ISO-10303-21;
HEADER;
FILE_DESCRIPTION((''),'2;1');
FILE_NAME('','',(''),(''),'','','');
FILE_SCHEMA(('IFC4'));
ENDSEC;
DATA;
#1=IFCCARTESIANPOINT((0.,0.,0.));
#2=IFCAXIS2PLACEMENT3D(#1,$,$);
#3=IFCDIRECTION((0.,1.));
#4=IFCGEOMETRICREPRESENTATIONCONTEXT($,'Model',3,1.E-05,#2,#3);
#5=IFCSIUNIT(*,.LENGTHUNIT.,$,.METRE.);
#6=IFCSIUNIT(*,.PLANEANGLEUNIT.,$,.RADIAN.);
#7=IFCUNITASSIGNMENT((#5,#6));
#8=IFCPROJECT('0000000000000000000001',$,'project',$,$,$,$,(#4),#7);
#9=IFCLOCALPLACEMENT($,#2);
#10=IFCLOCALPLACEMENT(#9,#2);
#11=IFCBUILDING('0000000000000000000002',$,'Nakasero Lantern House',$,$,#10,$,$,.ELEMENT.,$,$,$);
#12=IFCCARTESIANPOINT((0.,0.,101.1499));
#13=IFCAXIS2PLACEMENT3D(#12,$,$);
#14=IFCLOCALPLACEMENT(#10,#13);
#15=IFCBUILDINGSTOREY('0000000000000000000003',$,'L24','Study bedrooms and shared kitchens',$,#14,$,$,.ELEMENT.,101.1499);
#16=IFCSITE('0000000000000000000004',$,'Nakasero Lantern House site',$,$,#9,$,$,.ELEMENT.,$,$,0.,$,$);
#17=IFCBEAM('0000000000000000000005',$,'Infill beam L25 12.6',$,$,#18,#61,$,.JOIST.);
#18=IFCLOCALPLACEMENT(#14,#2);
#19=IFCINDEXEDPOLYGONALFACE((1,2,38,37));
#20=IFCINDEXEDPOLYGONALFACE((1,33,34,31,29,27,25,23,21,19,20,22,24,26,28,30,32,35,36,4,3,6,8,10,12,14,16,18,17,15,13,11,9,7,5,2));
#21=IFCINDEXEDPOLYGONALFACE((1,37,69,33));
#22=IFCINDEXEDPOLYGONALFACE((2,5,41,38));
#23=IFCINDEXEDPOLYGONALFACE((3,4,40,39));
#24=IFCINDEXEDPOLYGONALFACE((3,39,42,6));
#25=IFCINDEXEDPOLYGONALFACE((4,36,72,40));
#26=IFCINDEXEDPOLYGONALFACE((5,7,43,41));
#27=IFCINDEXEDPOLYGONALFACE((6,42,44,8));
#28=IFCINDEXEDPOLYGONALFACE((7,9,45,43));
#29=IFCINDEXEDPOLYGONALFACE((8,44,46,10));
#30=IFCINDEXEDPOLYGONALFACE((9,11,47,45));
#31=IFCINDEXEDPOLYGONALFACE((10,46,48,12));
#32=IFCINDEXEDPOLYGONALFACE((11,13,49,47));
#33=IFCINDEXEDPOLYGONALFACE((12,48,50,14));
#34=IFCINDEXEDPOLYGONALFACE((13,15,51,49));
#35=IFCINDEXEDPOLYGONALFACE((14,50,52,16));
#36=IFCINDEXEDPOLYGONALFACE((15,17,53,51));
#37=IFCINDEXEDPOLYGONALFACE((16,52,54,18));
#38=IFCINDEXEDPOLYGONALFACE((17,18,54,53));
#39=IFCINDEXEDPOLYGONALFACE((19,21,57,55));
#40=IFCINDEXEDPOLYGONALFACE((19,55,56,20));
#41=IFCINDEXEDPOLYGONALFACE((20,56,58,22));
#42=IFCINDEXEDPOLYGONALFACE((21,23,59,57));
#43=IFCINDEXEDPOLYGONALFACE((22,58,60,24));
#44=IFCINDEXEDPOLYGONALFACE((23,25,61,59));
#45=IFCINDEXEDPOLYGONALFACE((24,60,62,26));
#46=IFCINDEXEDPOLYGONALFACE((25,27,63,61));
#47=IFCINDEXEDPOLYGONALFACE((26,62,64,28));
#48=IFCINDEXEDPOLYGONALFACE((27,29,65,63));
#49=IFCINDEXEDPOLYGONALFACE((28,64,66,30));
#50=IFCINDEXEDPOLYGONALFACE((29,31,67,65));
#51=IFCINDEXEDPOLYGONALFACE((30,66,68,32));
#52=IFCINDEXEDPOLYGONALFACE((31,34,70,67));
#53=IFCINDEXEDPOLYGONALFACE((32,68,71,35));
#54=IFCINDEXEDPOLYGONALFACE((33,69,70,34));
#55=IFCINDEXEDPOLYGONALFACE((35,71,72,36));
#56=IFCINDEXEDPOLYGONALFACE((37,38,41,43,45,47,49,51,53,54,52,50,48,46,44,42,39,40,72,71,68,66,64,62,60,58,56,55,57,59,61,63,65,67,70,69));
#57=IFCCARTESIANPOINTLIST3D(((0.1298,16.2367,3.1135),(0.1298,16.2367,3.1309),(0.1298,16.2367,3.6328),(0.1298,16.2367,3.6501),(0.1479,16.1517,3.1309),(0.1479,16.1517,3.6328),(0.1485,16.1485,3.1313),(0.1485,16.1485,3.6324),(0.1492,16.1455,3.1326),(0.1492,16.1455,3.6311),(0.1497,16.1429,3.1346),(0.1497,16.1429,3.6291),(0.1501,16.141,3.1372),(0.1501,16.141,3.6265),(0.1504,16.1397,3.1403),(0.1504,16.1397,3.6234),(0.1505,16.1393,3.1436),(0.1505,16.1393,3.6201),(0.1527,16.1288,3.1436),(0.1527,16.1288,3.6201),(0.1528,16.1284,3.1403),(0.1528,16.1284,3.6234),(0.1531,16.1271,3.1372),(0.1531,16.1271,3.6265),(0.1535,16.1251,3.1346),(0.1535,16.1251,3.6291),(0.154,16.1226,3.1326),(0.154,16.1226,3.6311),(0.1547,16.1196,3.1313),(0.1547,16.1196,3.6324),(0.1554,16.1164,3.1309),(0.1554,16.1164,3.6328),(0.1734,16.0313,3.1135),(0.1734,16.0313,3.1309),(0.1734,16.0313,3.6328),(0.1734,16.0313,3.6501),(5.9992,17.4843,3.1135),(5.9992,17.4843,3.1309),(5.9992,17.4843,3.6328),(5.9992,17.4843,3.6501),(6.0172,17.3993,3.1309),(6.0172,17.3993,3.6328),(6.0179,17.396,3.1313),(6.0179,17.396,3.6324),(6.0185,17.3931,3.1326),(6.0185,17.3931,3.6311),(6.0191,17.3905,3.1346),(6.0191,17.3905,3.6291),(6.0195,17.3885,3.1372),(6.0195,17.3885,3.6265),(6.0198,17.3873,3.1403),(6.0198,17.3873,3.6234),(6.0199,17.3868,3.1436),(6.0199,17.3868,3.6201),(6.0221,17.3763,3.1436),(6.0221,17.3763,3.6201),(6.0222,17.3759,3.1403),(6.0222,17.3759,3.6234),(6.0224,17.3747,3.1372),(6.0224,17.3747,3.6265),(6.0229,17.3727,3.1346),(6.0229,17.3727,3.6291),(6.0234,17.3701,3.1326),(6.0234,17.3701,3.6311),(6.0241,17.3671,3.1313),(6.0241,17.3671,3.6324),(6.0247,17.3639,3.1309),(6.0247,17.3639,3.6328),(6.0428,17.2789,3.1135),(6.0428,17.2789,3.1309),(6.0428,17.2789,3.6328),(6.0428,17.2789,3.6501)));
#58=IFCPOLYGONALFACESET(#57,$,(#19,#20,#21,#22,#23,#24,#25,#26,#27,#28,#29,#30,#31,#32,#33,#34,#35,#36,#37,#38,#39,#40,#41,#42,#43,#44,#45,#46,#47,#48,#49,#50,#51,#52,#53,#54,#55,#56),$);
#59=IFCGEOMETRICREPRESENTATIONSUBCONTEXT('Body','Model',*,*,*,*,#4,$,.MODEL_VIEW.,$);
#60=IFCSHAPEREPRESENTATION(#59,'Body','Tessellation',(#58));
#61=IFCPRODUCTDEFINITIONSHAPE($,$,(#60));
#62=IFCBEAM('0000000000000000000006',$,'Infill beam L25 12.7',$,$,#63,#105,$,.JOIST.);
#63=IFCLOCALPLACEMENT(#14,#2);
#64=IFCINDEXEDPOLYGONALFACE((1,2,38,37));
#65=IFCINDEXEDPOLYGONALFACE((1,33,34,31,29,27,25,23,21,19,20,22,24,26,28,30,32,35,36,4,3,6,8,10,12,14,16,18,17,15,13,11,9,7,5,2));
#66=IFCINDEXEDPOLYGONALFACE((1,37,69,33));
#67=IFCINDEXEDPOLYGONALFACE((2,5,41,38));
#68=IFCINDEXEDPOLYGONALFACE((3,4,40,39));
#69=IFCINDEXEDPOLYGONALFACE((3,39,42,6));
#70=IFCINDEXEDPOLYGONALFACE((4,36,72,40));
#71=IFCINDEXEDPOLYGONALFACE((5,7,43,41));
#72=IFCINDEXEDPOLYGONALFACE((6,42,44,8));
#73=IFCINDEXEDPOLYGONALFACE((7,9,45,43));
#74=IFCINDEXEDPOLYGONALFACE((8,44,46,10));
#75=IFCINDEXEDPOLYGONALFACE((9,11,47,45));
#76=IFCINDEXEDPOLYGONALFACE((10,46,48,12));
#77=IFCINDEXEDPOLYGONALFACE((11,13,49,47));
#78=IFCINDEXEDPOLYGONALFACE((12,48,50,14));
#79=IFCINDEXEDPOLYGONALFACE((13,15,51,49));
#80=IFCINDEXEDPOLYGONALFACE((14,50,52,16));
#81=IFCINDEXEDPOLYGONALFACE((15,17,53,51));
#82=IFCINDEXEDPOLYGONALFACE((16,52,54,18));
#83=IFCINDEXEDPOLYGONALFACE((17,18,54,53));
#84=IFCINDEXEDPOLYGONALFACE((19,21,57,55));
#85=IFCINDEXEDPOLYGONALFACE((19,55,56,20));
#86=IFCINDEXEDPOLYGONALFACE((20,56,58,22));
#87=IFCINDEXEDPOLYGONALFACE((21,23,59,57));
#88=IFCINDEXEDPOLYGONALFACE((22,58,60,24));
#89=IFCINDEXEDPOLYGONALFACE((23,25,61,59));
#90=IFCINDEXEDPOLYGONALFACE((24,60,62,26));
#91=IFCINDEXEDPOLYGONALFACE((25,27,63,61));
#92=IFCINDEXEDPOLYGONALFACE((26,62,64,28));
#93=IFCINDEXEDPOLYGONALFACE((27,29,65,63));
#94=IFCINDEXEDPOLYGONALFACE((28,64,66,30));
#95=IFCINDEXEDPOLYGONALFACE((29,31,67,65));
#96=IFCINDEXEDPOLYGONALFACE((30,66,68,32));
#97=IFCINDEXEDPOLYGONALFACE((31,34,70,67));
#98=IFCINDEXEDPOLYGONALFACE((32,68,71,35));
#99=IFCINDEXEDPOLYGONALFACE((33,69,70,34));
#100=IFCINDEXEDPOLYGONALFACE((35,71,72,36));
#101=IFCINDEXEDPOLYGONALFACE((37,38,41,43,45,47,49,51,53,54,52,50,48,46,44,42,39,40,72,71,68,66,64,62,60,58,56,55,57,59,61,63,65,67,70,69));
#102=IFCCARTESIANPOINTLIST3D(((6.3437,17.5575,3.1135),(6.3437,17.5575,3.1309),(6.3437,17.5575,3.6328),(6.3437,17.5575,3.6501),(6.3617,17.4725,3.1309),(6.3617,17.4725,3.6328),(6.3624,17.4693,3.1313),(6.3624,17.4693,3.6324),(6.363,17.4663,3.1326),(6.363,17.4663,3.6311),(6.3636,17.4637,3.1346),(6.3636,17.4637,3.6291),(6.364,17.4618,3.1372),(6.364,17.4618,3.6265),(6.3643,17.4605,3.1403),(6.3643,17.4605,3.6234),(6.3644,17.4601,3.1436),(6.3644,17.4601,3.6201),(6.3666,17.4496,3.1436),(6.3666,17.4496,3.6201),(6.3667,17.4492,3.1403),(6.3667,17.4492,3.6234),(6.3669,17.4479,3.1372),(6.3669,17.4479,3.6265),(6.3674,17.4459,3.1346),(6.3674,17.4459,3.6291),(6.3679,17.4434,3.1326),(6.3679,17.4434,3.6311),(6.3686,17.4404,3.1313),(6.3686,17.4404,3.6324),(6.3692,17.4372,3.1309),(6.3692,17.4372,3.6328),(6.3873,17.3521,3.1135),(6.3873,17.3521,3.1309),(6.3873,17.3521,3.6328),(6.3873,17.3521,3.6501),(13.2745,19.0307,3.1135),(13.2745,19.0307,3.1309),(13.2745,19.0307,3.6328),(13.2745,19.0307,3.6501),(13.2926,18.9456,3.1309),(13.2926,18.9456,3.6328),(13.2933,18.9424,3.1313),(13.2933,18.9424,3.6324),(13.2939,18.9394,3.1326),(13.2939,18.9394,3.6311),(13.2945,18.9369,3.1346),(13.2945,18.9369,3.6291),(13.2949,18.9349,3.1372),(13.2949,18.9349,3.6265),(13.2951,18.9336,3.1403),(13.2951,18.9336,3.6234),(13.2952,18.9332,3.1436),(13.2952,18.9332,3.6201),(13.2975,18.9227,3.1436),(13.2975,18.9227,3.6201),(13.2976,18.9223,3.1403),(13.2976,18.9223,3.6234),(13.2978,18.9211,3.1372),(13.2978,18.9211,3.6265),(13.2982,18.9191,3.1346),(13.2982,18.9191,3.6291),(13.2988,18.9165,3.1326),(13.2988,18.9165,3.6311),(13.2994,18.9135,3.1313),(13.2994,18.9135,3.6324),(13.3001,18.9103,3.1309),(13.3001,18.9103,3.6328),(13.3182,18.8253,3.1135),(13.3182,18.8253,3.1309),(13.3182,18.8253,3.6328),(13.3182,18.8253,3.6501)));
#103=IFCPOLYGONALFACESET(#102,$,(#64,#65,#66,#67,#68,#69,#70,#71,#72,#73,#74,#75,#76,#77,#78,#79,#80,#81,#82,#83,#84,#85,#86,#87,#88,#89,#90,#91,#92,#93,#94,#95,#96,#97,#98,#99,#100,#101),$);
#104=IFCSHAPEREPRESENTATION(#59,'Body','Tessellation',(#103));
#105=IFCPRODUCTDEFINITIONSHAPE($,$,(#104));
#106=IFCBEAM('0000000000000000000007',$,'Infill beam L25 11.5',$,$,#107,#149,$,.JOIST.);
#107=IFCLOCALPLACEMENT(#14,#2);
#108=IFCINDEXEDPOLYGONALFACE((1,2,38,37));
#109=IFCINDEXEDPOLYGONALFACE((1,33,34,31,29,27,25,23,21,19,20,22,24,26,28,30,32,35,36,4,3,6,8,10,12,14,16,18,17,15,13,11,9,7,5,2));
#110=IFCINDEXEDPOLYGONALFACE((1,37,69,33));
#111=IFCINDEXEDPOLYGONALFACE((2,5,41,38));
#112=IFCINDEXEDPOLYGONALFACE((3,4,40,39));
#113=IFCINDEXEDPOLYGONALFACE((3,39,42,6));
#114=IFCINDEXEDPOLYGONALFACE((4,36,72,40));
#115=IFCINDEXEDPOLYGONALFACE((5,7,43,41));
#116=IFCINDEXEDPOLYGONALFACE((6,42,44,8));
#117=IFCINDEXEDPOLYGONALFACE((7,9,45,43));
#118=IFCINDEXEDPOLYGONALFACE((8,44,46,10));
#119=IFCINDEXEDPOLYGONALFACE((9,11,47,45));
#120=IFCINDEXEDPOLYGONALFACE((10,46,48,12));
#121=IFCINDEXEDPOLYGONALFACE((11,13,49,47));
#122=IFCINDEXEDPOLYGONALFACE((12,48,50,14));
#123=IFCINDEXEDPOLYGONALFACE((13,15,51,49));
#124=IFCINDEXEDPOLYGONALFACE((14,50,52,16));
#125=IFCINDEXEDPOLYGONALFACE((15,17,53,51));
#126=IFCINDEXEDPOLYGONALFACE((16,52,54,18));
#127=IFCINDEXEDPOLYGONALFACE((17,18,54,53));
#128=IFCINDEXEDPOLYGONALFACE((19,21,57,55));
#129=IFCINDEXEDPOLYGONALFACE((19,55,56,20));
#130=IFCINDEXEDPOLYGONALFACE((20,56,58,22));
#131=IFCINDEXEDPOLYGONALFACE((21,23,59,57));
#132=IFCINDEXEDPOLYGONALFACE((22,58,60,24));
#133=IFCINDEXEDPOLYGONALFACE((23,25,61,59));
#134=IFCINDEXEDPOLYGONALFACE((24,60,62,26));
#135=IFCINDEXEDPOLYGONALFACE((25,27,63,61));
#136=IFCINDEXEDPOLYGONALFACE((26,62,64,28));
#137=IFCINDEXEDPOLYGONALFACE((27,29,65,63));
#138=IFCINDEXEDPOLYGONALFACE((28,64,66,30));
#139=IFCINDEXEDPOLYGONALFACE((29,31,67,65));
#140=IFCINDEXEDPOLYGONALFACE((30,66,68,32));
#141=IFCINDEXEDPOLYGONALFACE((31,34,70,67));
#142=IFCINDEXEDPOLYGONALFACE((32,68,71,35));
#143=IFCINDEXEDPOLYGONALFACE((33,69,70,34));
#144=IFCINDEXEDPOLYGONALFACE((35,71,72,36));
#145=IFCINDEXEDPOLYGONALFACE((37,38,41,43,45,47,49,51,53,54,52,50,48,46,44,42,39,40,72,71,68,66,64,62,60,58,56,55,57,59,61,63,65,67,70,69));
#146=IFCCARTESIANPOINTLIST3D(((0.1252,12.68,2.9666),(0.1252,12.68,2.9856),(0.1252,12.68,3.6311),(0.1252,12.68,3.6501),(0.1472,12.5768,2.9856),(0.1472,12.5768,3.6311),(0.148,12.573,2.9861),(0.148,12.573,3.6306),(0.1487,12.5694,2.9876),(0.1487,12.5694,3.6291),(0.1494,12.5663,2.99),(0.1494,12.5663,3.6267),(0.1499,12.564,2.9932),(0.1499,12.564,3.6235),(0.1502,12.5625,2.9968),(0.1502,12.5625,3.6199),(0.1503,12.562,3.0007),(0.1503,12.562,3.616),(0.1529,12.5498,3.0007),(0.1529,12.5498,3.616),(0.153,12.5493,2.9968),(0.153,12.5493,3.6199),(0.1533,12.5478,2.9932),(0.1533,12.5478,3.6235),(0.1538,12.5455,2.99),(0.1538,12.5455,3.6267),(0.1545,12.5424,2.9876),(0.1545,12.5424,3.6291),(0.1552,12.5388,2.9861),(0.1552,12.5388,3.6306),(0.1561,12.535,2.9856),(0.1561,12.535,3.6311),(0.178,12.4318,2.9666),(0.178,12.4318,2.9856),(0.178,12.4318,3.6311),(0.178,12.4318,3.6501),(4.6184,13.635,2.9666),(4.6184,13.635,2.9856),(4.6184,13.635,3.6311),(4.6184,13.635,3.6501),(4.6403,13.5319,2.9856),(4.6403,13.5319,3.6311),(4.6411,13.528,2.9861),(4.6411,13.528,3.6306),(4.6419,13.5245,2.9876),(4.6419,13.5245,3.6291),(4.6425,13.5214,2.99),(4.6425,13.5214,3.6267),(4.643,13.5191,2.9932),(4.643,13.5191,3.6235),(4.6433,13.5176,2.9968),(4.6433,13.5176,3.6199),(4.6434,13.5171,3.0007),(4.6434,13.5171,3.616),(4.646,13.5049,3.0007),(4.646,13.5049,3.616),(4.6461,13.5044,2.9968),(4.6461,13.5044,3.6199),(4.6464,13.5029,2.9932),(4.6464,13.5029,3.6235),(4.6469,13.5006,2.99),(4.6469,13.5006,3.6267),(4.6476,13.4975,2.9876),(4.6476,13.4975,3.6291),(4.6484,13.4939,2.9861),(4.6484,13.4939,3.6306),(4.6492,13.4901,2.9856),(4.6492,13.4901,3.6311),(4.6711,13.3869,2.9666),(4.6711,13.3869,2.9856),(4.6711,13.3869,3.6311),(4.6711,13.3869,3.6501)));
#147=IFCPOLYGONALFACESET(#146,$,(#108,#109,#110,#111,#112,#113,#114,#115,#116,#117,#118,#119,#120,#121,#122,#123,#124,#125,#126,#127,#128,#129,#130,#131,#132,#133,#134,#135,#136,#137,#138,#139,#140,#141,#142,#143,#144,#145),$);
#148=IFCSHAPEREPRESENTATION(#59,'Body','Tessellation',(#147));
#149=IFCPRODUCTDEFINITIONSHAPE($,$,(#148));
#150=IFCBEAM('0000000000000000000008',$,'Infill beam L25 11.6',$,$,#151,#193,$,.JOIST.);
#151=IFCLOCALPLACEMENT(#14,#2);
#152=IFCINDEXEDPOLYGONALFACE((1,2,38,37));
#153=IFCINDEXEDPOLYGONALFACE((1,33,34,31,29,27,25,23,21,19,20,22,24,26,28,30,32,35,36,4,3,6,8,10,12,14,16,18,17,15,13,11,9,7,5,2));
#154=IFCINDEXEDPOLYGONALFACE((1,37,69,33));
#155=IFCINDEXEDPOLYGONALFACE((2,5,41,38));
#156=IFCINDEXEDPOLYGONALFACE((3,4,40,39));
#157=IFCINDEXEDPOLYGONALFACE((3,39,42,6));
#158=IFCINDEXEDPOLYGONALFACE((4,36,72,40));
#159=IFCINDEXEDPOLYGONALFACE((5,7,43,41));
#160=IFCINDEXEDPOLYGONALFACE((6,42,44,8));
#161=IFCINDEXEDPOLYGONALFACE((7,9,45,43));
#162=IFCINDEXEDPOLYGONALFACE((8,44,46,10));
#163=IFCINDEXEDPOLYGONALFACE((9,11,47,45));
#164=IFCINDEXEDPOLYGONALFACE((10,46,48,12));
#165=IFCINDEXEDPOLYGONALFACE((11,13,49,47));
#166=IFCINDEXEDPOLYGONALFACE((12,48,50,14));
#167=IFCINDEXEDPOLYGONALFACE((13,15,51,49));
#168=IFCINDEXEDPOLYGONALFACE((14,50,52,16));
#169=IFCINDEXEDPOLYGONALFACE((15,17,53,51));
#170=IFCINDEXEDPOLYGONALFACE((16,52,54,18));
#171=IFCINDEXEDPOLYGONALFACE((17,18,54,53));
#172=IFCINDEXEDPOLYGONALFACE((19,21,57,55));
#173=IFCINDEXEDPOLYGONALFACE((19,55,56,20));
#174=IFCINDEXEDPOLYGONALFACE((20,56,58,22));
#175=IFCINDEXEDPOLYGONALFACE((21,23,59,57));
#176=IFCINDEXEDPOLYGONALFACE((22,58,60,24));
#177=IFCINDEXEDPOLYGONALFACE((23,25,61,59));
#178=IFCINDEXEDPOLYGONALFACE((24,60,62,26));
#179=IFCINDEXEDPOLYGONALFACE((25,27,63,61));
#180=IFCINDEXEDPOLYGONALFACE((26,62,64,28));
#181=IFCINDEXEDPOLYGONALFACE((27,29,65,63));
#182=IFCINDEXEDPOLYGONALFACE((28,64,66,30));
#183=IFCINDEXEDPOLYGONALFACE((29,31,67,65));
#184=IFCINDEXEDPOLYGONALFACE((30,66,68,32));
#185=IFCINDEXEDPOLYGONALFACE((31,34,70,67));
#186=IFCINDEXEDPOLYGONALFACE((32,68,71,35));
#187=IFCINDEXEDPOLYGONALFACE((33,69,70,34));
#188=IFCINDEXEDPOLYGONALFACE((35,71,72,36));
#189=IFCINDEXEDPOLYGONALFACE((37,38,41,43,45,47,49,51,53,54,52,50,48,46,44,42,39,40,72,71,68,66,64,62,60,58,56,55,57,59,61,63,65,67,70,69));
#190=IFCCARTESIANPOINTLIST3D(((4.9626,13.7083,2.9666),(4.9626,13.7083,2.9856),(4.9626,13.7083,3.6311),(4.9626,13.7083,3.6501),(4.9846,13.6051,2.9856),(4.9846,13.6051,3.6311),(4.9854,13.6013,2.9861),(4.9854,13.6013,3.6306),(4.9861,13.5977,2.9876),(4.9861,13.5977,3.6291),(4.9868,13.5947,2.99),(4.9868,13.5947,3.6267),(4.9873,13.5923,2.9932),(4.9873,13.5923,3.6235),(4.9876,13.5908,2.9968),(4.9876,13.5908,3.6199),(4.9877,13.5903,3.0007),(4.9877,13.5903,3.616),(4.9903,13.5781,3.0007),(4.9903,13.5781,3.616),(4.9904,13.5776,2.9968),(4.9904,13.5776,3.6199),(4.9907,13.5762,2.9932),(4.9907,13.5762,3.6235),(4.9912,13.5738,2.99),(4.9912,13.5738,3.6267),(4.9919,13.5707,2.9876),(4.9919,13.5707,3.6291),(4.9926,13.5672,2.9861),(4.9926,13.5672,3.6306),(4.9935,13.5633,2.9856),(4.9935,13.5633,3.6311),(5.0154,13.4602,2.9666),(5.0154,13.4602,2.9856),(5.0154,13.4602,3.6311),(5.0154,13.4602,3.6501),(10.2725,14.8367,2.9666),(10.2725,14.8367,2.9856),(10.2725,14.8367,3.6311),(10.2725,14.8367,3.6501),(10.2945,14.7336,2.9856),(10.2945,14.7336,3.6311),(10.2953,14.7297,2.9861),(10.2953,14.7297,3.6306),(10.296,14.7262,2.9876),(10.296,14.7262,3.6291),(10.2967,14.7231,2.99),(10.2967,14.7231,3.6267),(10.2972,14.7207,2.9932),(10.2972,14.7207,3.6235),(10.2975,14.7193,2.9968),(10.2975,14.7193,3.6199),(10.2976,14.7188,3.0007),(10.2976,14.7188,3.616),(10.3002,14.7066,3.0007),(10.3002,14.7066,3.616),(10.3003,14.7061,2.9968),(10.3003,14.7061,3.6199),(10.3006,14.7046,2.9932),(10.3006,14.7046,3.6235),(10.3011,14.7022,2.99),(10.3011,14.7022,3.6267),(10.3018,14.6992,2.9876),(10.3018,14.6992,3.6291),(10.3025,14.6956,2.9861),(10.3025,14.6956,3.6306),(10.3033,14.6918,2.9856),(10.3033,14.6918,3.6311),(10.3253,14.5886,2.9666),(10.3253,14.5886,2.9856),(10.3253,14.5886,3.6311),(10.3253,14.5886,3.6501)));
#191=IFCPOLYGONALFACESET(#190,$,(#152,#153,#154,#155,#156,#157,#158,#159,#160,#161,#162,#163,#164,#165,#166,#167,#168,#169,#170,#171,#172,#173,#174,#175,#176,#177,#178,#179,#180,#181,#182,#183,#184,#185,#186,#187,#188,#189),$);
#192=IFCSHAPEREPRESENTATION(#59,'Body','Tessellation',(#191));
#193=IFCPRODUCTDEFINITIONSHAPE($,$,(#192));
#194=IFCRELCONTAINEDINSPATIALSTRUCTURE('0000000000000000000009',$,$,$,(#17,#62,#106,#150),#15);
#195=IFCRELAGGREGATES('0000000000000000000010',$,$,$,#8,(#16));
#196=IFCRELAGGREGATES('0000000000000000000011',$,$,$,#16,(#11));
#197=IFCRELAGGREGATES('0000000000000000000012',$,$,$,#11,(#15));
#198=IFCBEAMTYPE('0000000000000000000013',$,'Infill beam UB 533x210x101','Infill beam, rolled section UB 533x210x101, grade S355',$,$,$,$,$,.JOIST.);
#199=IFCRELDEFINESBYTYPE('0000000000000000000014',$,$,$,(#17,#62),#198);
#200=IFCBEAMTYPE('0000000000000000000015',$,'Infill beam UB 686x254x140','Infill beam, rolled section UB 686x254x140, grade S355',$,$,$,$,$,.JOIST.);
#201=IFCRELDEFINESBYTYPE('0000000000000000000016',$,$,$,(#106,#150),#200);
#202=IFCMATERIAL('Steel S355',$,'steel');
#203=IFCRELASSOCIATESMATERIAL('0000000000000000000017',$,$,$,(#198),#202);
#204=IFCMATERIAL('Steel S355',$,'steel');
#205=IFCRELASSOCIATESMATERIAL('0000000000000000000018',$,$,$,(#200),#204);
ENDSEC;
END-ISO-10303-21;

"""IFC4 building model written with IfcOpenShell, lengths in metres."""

from ifc_helpers import new_model, si_unit, direction, frame, origin, origin_2d, place, context, subcontext, project, spatial, i_section, extrude, material, material_profile, profile_set, type_object, element, save


model = new_model("IFC4")

# Units and contexts
model_context = context("Model", 3, precision=1e-05, world=origin(), true_north=direction((0.0, 1.0)))
body_context = subcontext(model_context, "Body", "Model", "MODEL_VIEW")
ifc_project = project(units=[si_unit("LENGTHUNIT", "METRE"), si_unit("PLANEANGLEUNIT", "RADIAN")], contexts=[model_context])

# Site, building, storey
site_placement = place(None, origin())
site = spatial("IfcSite", under=ifc_project, at=site_placement, Name="Nakasero Lantern House site", CompositionType="ELEMENT", RefElevation=0.0)
building_placement = place(site_placement, origin())
building = spatial("IfcBuilding", under=site, at=building_placement, Name="Nakasero Lantern House", CompositionType="ELEMENT")
storey_placement = place(building_placement, frame((0.0, 0.0, 101.1499)))
storey = spatial("IfcBuildingStorey", under=building, at=storey_placement, Name="L24", Description="Study bedrooms and shared kitchens", CompositionType="ELEMENT", Elevation=101.1499)

# Beams
ifc_material_1 = material(Name="Steel S355", Category="steel")
ifc_material_profile_1 = material_profile(ifc_material_1, i_section(OverallWidth=0.21, OverallDepth=0.5366, WebThickness=0.0107, FlangeThickness=0.0173, FilletRadius=0.0127, at=origin_2d()), Name="UB 533x210x101")
ifc_profile_set_1 = profile_set([ifc_material_profile_1], Name="Steel S355")
beam_type_1 = type_object("IfcBeamType", Name="Infill beam UB 533x210x101", Description="Infill beam, rolled section UB 533x210x101, grade S355", PredefinedType="JOIST", material=ifc_profile_set_1)
beam_1_placement = place(storey_placement, frame((0.1516, 16.134, 3.3818), z_axis=(0.978148, 0.207909, 0.0), x_axis=(-0.207909, 0.978148, 0.0)))
element("IfcBeam", 1, at=beam_1_placement, inside=storey, type_object=beam_type_1, Name="Infill beam L25 12.6", PredefinedType="JOIST", context=body_context, shape_type="SweptSolid", body=[
    extrude(i_section(OverallWidth=0.21, OverallDepth=0.5366, WebThickness=0.0107, FlangeThickness=0.0173, FilletRadius=0.0127, at=origin_2d()), origin(), (0.0, 0.0, 1.0), 6.0005),
])
beam_2_placement = place(storey_placement, frame((6.3655, 17.4548, 3.3818), z_axis=(0.978149, 0.207903, 0.0), x_axis=(-0.207903, 0.978149, 0.0)))
element("IfcBeam", 2, at=beam_2_placement, inside=storey, type_object=beam_type_1, Name="Infill beam L25 12.7", PredefinedType="JOIST", context=body_context, shape_type="SweptSolid", body=[
    extrude(i_section(OverallWidth=0.21, OverallDepth=0.5366, WebThickness=0.0107, FlangeThickness=0.0173, FilletRadius=0.0127, at=origin_2d()), origin(), (0.0, 0.0, 1.0), 7.0857),
])
ifc_material_2 = material(Name="Steel S355", Category="steel")
ifc_material_profile_2 = material_profile(ifc_material_2, i_section(OverallWidth=0.2537, OverallDepth=0.6836, WebThickness=0.0125, FlangeThickness=0.019, FilletRadius=0.0151, at=origin_2d()), Name="UB 686x254x140")
ifc_profile_set_2 = profile_set([ifc_material_profile_2], Name="Steel S355")
beam_type_2 = type_object("IfcBeamType", Name="Infill beam UB 686x254x140", Description="Infill beam, rolled section UB 686x254x140, grade S355", PredefinedType="JOIST", material=ifc_profile_set_2)
beam_3_placement = place(storey_placement, frame((0.1516, 12.5559, 3.3083), z_axis=(0.978146, 0.207917, 0.0), x_axis=(-0.207917, 0.978146, 0.0)))
element("IfcBeam", 3, at=beam_3_placement, inside=storey, type_object=beam_type_2, Name="Infill beam L25 11.5", PredefinedType="JOIST", context=body_context, shape_type="SweptSolid", body=[
    extrude(i_section(OverallWidth=0.2537, OverallDepth=0.6836, WebThickness=0.0125, FlangeThickness=0.019, FilletRadius=0.0151, at=origin_2d()), origin(), (0.0, 0.0, 1.0), 4.5935),
])
beam_4_placement = place(storey_placement, frame((4.989, 13.5842, 3.3083), z_axis=(0.978156, 0.207873, 0.0), x_axis=(-0.207873, 0.978156, 0.0)))
element("IfcBeam", 4, at=beam_4_placement, inside=storey, type_object=beam_type_2, Name="Infill beam L25 11.6", PredefinedType="JOIST", context=body_context, shape_type="SweptSolid", body=[
    extrude(i_section(OverallWidth=0.2537, OverallDepth=0.6836, WebThickness=0.0125, FlangeThickness=0.019, FilletRadius=0.0151, at=origin_2d()), origin(), (0.0, 0.0, 1.0), 5.4285),
])

save(model, "model.ifc")
